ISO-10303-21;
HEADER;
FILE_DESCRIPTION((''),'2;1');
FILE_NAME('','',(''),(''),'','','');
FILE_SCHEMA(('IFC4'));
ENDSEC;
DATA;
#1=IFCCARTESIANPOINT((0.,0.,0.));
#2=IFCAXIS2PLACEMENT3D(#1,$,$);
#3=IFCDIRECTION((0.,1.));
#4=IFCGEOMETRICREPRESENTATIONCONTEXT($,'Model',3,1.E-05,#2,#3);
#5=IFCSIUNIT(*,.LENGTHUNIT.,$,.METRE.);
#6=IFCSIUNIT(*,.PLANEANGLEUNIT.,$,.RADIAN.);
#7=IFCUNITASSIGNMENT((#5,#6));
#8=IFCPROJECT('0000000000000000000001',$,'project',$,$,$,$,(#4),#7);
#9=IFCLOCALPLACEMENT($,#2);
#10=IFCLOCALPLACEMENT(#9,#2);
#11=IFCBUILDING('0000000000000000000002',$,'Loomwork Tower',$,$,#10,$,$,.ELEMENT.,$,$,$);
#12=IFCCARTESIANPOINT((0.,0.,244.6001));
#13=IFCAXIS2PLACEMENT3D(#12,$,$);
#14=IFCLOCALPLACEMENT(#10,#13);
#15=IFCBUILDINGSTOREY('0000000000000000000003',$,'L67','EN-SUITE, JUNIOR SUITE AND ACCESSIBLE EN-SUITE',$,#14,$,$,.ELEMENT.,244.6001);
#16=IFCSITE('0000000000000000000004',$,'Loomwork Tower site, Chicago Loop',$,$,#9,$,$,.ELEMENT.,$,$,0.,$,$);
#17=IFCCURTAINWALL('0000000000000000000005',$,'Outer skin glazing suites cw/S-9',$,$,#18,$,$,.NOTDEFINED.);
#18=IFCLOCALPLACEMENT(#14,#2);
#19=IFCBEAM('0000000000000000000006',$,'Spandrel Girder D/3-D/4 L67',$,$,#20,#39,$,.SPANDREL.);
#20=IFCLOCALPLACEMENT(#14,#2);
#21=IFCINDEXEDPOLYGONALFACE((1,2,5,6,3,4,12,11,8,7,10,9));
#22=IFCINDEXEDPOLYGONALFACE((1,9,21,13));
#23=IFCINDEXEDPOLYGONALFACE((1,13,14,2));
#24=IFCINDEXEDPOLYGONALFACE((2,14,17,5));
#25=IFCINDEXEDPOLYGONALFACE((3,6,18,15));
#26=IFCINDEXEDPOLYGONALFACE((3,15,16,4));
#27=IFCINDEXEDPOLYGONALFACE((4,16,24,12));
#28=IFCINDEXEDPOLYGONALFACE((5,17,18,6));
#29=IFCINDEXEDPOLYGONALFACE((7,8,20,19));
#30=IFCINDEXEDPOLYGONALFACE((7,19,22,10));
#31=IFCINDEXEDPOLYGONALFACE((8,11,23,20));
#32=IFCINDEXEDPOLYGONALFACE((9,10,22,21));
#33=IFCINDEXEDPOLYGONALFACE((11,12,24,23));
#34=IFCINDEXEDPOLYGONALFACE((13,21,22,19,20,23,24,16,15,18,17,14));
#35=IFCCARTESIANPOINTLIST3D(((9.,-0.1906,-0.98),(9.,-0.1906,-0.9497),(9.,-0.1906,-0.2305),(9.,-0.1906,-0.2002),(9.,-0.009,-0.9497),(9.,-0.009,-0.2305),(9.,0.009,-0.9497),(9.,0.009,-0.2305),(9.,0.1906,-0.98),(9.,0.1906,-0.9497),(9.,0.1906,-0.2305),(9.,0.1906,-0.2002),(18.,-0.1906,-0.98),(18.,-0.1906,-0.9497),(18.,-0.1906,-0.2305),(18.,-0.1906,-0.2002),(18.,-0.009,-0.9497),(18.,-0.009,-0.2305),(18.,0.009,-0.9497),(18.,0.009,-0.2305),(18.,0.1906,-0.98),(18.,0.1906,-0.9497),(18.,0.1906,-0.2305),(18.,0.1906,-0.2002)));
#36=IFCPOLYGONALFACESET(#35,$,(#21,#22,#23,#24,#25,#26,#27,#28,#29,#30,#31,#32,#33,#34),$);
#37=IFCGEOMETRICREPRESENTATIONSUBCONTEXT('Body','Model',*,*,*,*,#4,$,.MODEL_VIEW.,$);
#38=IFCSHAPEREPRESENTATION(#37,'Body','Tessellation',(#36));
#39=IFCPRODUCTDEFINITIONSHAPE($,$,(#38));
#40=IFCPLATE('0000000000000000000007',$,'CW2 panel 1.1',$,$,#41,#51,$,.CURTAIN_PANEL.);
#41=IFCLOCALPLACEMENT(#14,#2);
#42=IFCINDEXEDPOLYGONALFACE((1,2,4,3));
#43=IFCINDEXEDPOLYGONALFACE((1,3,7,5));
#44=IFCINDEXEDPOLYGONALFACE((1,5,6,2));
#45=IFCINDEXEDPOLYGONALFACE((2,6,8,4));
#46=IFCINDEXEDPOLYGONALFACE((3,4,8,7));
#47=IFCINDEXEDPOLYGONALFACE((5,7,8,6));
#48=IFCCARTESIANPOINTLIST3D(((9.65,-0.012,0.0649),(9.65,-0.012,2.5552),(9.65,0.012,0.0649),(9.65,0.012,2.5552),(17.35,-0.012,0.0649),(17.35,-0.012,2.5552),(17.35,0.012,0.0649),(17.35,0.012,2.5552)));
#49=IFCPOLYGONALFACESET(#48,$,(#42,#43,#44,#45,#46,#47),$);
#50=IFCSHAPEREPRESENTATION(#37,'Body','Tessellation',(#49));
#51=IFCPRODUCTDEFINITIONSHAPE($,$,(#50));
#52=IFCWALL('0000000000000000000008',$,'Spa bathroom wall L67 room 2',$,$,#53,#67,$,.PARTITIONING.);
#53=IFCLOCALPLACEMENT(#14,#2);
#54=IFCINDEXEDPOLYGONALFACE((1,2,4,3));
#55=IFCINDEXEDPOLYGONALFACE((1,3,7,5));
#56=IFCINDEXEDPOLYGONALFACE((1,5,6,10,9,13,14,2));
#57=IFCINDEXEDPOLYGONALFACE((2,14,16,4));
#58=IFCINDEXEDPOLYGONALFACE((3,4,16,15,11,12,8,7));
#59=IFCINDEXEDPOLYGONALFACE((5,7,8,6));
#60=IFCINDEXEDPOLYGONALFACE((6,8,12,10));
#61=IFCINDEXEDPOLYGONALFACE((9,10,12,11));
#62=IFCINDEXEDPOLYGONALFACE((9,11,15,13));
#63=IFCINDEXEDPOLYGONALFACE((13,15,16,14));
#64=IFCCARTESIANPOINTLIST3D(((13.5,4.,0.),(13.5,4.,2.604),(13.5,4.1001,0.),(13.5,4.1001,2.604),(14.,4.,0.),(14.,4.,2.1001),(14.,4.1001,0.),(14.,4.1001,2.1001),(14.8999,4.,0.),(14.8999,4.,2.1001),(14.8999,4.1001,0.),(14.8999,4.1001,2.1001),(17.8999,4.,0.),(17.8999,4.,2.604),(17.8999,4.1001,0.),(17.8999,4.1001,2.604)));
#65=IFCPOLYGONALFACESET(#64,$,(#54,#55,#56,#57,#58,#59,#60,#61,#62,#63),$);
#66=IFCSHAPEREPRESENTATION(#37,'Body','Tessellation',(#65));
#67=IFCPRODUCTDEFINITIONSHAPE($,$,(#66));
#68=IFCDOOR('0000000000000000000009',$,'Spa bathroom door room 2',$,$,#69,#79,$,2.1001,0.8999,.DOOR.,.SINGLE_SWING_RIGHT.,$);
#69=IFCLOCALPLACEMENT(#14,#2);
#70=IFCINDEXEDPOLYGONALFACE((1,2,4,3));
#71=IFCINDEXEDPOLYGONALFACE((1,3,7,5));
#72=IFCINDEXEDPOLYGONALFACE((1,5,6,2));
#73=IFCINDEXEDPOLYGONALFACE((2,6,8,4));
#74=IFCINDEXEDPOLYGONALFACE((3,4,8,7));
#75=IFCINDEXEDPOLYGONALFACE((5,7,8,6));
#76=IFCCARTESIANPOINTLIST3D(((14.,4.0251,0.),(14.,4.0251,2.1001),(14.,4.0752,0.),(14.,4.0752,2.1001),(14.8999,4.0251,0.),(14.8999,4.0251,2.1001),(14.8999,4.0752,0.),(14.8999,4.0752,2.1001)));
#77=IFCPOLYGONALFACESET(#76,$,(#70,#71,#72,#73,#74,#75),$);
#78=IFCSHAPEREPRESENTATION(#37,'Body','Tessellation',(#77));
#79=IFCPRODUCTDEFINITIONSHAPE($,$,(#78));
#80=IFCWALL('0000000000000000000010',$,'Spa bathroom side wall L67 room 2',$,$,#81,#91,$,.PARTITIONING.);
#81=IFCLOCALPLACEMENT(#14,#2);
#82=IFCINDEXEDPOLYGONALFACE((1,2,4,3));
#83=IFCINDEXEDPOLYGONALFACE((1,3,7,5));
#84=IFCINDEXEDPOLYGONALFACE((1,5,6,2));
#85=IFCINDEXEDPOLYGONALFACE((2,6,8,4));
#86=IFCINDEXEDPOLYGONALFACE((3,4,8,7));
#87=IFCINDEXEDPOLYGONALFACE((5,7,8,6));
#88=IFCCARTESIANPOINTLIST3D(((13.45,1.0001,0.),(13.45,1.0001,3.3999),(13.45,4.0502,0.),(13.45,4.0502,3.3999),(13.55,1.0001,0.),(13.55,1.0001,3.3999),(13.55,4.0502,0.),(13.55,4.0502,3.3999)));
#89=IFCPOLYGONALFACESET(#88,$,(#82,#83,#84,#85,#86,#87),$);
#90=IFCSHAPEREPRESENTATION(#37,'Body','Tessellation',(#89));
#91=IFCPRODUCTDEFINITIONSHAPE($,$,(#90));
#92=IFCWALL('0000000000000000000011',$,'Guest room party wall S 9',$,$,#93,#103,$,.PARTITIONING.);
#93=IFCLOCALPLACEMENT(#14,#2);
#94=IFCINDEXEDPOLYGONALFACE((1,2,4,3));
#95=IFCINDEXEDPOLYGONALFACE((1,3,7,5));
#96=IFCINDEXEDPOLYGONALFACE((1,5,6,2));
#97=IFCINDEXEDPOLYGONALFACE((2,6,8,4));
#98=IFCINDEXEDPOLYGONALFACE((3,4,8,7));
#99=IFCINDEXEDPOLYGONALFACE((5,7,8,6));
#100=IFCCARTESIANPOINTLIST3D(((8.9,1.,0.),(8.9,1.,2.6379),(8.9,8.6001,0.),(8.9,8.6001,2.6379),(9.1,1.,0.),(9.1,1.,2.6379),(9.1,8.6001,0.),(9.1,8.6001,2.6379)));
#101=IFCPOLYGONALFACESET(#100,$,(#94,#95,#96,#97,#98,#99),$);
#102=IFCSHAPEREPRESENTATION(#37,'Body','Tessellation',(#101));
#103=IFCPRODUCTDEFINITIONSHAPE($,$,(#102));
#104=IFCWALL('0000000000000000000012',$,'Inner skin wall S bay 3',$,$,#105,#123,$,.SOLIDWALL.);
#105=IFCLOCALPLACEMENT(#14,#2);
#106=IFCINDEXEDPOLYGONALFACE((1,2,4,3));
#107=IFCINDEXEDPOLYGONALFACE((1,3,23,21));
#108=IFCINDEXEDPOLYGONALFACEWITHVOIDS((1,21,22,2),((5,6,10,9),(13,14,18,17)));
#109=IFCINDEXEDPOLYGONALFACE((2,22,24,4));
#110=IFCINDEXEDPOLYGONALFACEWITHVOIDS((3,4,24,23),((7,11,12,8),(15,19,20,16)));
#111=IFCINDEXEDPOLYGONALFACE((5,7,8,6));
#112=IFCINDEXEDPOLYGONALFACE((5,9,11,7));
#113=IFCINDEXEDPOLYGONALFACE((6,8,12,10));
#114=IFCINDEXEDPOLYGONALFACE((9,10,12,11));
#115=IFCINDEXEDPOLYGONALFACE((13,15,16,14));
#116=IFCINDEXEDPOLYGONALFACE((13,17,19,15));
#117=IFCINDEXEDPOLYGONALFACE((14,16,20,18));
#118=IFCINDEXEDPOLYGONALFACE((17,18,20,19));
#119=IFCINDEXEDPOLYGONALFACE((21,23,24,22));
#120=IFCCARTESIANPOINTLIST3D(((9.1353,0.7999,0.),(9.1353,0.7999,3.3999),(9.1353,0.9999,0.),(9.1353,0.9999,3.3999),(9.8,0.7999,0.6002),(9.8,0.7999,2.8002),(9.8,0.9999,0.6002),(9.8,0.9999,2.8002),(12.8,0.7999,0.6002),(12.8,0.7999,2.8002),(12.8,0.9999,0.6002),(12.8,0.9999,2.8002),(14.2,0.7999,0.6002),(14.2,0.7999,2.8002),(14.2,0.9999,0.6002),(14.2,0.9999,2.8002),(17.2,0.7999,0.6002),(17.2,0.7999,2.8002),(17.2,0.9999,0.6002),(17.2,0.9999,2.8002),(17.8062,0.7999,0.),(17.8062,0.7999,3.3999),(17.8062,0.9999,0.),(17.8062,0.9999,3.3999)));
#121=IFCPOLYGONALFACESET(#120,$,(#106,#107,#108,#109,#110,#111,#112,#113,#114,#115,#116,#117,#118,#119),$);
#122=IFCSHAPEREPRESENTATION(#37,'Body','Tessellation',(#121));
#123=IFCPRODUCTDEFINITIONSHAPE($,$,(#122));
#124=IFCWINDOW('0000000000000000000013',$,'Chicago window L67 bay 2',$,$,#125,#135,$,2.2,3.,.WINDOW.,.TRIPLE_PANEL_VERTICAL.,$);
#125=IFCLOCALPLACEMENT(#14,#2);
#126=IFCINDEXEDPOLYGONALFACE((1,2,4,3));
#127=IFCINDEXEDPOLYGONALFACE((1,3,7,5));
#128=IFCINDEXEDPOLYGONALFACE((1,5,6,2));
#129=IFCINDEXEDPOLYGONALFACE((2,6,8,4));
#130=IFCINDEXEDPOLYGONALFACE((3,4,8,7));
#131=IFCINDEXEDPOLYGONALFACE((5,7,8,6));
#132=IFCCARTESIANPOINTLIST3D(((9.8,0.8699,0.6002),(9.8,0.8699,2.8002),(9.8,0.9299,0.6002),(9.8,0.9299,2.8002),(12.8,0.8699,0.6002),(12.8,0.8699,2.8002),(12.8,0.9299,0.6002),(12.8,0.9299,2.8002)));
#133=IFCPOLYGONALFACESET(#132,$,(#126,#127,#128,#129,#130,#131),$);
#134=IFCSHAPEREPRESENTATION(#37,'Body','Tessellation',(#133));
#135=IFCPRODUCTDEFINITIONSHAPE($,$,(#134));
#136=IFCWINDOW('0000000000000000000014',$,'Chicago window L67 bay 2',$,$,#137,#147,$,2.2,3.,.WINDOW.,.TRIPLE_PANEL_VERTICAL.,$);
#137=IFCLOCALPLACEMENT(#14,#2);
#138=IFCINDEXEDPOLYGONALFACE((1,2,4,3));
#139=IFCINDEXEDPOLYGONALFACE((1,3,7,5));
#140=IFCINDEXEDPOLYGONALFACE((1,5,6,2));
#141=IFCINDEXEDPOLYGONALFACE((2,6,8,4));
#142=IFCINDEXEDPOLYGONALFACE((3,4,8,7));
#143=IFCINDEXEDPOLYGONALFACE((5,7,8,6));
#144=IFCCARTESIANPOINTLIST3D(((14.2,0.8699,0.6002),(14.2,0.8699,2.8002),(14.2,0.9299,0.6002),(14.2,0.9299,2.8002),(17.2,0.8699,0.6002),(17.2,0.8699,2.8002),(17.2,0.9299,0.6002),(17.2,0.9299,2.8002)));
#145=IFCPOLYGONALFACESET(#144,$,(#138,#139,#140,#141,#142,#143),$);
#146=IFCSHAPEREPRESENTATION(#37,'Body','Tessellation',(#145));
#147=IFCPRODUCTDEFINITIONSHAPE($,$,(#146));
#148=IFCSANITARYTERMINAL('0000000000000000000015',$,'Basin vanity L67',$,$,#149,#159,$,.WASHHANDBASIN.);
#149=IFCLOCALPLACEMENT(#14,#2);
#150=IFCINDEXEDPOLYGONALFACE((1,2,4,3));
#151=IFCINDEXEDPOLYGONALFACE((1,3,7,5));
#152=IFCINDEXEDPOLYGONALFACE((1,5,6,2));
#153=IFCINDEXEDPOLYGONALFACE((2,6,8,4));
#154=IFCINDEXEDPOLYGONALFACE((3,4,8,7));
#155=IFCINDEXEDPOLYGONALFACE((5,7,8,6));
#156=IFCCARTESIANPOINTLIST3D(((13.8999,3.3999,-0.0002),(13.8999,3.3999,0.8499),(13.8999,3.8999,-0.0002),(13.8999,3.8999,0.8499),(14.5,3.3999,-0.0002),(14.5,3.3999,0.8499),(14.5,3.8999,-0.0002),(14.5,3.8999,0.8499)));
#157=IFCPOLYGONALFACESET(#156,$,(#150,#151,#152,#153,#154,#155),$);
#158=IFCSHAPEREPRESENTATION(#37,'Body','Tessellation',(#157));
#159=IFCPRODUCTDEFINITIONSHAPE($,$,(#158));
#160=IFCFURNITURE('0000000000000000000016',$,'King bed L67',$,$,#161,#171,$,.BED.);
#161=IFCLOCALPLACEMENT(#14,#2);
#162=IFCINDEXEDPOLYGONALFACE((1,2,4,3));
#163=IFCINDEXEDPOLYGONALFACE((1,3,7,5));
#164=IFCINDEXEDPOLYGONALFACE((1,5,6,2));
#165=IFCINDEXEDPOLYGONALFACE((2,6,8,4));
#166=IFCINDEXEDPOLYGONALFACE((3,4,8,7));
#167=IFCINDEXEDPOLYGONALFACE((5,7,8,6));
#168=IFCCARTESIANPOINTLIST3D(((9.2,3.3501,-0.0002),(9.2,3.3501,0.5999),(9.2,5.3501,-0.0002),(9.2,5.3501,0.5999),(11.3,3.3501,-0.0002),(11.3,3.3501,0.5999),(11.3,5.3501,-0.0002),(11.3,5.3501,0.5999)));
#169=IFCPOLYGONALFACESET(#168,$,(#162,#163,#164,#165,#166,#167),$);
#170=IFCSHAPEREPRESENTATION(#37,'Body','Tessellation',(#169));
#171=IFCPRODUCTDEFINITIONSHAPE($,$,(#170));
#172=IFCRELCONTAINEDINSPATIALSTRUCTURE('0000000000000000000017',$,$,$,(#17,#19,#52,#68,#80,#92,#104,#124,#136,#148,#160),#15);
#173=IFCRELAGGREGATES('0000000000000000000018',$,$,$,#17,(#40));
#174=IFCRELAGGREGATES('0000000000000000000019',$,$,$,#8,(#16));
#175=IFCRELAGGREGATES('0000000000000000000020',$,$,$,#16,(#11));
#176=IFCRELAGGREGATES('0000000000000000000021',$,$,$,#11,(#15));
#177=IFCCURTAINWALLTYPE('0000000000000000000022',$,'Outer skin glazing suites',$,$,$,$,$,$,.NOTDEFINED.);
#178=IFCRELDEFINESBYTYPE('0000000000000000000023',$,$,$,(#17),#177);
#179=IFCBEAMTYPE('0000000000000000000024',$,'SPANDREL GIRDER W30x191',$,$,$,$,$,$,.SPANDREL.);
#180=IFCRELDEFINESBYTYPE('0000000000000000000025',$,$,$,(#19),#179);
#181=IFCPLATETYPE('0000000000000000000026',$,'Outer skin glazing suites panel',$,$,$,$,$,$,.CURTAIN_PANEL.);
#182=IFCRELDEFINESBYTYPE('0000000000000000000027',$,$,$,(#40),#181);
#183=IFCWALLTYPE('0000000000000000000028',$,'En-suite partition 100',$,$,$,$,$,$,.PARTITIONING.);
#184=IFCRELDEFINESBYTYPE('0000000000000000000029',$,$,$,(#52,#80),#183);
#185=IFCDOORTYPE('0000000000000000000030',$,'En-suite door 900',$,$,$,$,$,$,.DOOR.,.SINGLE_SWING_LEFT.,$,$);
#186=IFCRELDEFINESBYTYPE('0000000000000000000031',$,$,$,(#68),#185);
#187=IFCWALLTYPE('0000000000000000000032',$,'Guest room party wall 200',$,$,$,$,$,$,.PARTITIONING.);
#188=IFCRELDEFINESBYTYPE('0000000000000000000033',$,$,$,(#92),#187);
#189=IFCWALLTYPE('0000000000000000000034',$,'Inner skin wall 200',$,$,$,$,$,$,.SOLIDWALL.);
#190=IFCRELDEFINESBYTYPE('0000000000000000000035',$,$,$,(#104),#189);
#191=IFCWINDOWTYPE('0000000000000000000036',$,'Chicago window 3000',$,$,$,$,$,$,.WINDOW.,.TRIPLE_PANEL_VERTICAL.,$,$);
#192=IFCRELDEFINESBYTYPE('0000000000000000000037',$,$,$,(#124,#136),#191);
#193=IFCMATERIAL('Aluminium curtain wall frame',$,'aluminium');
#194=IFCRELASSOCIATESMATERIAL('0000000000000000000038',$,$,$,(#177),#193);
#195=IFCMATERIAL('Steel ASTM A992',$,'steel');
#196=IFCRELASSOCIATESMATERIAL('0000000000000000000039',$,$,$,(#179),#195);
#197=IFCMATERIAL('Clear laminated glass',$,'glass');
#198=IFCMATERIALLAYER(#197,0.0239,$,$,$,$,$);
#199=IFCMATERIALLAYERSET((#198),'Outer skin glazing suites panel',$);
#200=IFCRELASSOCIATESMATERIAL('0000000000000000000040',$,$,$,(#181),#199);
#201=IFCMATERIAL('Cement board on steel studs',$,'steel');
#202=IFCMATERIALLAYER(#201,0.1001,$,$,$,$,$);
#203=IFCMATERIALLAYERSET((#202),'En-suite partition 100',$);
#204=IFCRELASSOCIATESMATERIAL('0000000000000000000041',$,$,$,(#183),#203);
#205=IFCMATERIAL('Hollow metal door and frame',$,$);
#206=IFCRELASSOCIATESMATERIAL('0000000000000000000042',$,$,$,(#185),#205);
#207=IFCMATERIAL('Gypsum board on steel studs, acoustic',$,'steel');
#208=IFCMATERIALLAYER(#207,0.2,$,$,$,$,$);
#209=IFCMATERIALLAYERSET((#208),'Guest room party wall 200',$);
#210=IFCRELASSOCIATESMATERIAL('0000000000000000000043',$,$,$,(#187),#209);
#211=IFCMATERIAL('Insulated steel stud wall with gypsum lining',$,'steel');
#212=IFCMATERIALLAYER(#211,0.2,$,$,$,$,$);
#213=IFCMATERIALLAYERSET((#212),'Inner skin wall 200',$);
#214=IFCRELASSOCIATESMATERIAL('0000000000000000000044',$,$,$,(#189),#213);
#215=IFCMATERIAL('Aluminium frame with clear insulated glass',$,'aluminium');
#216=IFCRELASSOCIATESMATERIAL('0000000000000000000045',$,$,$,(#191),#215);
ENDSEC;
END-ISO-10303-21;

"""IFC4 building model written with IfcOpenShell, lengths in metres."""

from ifc_helpers import new_model, si_unit, direction, frame, frame_2d, origin, origin_2d, place, context, subcontext, project, spatial, rectangle, i_section, extrude, material, layer, layer_set, material_profile, profile_set, type_object, element, fill, aggregate, save


model = new_model("IFC4")

# Units and contexts
model_context = context("Model", 3, precision=1e-05, world=origin(), true_north=direction((0.0, 1.0)))
body_context = subcontext(model_context, "Body", "Model", "MODEL_VIEW")
ifc_project = project(units=[si_unit("LENGTHUNIT", "METRE"), si_unit("PLANEANGLEUNIT", "RADIAN")], contexts=[model_context])

# Site, building, storey
site_placement = place(None, origin())
site = spatial("IfcSite", under=ifc_project, at=site_placement, Name="Loomwork Tower site, Chicago Loop", CompositionType="ELEMENT", RefElevation=0.0)
building_placement = place(site_placement, origin())
building = spatial("IfcBuilding", under=site, at=building_placement, Name="Loomwork Tower", CompositionType="ELEMENT")
storey_placement = place(building_placement, frame((0.0, 0.0, 244.6001)))
storey = spatial("IfcBuildingStorey", under=building, at=storey_placement, Name="L67", Description="EN-SUITE, JUNIOR SUITE AND ACCESSIBLE EN-SUITE", CompositionType="ELEMENT", Elevation=244.6001)

# Curtain wall
ifc_material_1 = material(Name="Aluminium curtain wall frame", Category="aluminium")
curtain_wall_type = type_object("IfcCurtainWallType", Name="Outer skin glazing suites", PredefinedType="NOTDEFINED", material=ifc_material_1)
curtain_wall_placement = place(storey_placement, origin())
curtain_wall = element("IfcCurtainWall", 1, at=curtain_wall_placement, inside=storey, type_object=curtain_wall_type, Name="Outer skin glazing suites cw/S-9", PredefinedType="NOTDEFINED")

# Beam
ifc_material_2 = material(Name="Steel ASTM A992", Category="steel")
ifc_material_profile_1 = material_profile(ifc_material_2, i_section(OverallWidth=0.3811, OverallDepth=0.7798, WebThickness=0.0181, FlangeThickness=0.0303, at=origin_2d()), Name="W30x191")
ifc_profile_set_1 = profile_set([ifc_material_profile_1], Name="Steel ASTM A992")
beam_type_1 = type_object("IfcBeamType", Name="SPANDREL GIRDER W30x191", PredefinedType="SPANDREL", material=ifc_profile_set_1)
beam_1_placement = place(storey_placement, frame((9.0, 0.0, -0.5901), z_axis=(1.0, 0.0, 0.0), x_axis=(0.0, 1.0, 0.0)))
element("IfcBeam", 2, at=beam_1_placement, inside=storey, type_object=beam_type_1, Name="Spandrel Girder D/3-D/4 L67", PredefinedType="SPANDREL", context=body_context, shape_type="SweptSolid", body=[
    extrude(i_section(OverallWidth=0.3811, OverallDepth=0.7798, WebThickness=0.0181, FlangeThickness=0.0303, at=origin_2d()), origin(), (0.0, 0.0, 1.0), 9.0),
])

# Plate
ifc_material_3 = material(Name="Clear laminated glass", Category="glass")
ifc_layer_1 = layer(ifc_material_3, 0.0239)
ifc_layer_set_1 = layer_set([ifc_layer_1], Name="Outer skin glazing suites panel")
plate_type = type_object("IfcPlateType", Name="Outer skin glazing suites panel", PredefinedType="CURTAIN_PANEL", material=ifc_layer_set_1)
plate_placement = place(storey_placement, frame((13.5, 0.0, 0.0649), z_axis=(0.0, 0.0, 1.0), x_axis=(1.0, 0.0, 0.0)))
plate = element("IfcPlate", 3, at=plate_placement, type_object=plate_type, Name="CW2 panel 1.1", PredefinedType="CURTAIN_PANEL", context=body_context, shape_type="SweptSolid", body=[
    extrude(rectangle(XDim=7.7, YDim=0.0239, at=origin_2d()), origin(), (0.0, 0.0, 1.0), 2.4902),
])
aggregate(curtain_wall, [plate])

# Wall, opening, door
ifc_material_4 = material(Name="Cement board on steel studs", Category="steel")
ifc_layer_2 = layer(ifc_material_4, 0.1001)
ifc_layer_set_2 = layer_set([ifc_layer_2], Name="En-suite partition 100")
wall_type_1 = type_object("IfcWallType", Name="En-suite partition 100", PredefinedType="PARTITIONING", material=ifc_layer_set_2)
wall_1_placement = place(storey_placement, frame((13.5, 4.05, 0.0), z_axis=(0.0, 0.0, 1.0), x_axis=(1.0, 0.0, 0.0)))
wall_1 = element("IfcWall", 4, at=wall_1_placement, inside=storey, type_object=wall_type_1, Name="Spa bathroom wall L67 room 2", PredefinedType="PARTITIONING", context=body_context, shape_type="SweptSolid", body=[
    extrude(rectangle(XDim=4.3999, YDim=0.1001, at=frame_2d((2.2, 0.0))), origin(), (0.0, 0.0, 1.0), 2.604),
])
opening_1_placement = place(wall_1_placement, frame((0.5, 0.0, 0.0)))
opening_1 = element("IfcOpeningElement", 5, at=opening_1_placement, cuts=wall_1, PredefinedType="OPENING", context=body_context, shape_type="SweptSolid", body=[
    extrude(rectangle(XDim=0.8999, YDim=2.1001, at=frame_2d((0.45, 1.05))), frame((0.0, 0.0601, 0.0), z_axis=(0.0, -1.0, 0.0), x_axis=(1.0, 0.0, 0.0)), (0.0, 0.0, 1.0), 0.1201),
])
ifc_material_5 = material(Name="Hollow metal door and frame")
door_type = type_object("IfcDoorType", Name="En-suite door 900", OperationType="SINGLE_SWING_LEFT", PredefinedType="DOOR", material=ifc_material_5)
door_placement = place(opening_1_placement, frame((0.8999, 0.0, 0.0), z_axis=(0.0, 0.0, 1.0), x_axis=(-1.0, 0.0, 0.0)))
door = element("IfcDoor", 6, at=door_placement, inside=storey, type_object=door_type, Name="Spa bathroom door room 2", OperationType="SINGLE_SWING_RIGHT", OverallHeight=2.1001, OverallWidth=0.8999, PredefinedType="DOOR", context=body_context, shape_type="SweptSolid", body=[
    extrude(rectangle(XDim=0.8999, YDim=2.1001, at=frame_2d((0.45, 1.05))), frame((0.0, 0.0249, 0.0), z_axis=(0.0, -1.0, 0.0), x_axis=(1.0, 0.0, 0.0)), (0.0, 0.0, 1.0), 0.05),
])
fill(opening_1, door)

# Walls
wall_2_placement = place(storey_placement, frame((13.5, 4.05, 0.0), z_axis=(0.0, 0.0, 1.0), x_axis=(0.0, -1.0, 0.0)))
element("IfcWall", 7, at=wall_2_placement, inside=storey, type_object=wall_type_1, Name="Spa bathroom side wall L67 room 2", PredefinedType="PARTITIONING", context=body_context, shape_type="SweptSolid", body=[
    extrude(rectangle(XDim=3.05, YDim=0.1001, at=frame_2d((1.5249, 0.0))), origin(), (0.0, 0.0, 1.0), 3.3999),
])
ifc_material_6 = material(Name="Gypsum board on steel studs, acoustic", Category="steel")
ifc_layer_3 = layer(ifc_material_6, 0.2)
ifc_layer_set_3 = layer_set([ifc_layer_3], Name="Guest room party wall 200")
wall_type_2 = type_object("IfcWallType", Name="Guest room party wall 200", PredefinedType="PARTITIONING", material=ifc_layer_set_3)
wall_3_placement = place(storey_placement, frame((9.0, 8.6001, 0.0), z_axis=(0.0, 0.0, 1.0), x_axis=(0.0, -1.0, 0.0)))
element("IfcWall", 8, at=wall_3_placement, inside=storey, type_object=wall_type_2, Name="Guest room party wall S 9", PredefinedType="PARTITIONING", context=body_context, shape_type="SweptSolid", body=[
    extrude(rectangle(XDim=7.6001, YDim=0.2, at=frame_2d((3.8, 0.0))), origin(), (0.0, 0.0, 1.0), 2.6379),
])

# Wall, openings, windows
ifc_material_7 = material(Name="Insulated steel stud wall with gypsum lining", Category="steel")
ifc_layer_4 = layer(ifc_material_7, 0.2)
ifc_layer_set_4 = layer_set([ifc_layer_4], Name="Inner skin wall 200")
wall_type_3 = type_object("IfcWallType", Name="Inner skin wall 200", PredefinedType="SOLIDWALL", material=ifc_layer_set_4)
wall_4_placement = place(storey_placement, frame((9.1353, 0.8999, 0.0), z_axis=(0.0, 0.0, 1.0), x_axis=(1.0, 0.0, 0.0)))
wall_4 = element("IfcWall", 9, at=wall_4_placement, inside=storey, type_object=wall_type_3, Name="Inner skin wall S bay 3", PredefinedType="SOLIDWALL", context=body_context, shape_type="SweptSolid", body=[
    extrude(rectangle(XDim=8.6709, YDim=0.2, at=frame_2d((4.3354, 0.0))), origin(), (0.0, 0.0, 1.0), 3.3999),
])
opening_2_placement = place(wall_4_placement, frame((0.6648, 0.0, 0.6001)))
opening_2 = element("IfcOpeningElement", 10, at=opening_2_placement, cuts=wall_4, PredefinedType="OPENING", context=body_context, shape_type="SweptSolid", body=[
    extrude(rectangle(XDim=3.0, YDim=2.2, at=frame_2d((1.5, 1.1001))), frame((0.0, 0.1099, 0.0), z_axis=(0.0, -1.0, 0.0), x_axis=(1.0, 0.0, 0.0)), (0.0, 0.0, 1.0), 0.22),
])
opening_3_placement = place(wall_4_placement, frame((5.0647, 0.0, 0.6001)))
opening_3 = element("IfcOpeningElement", 11, at=opening_3_placement, cuts=wall_4, PredefinedType="OPENING", context=body_context, shape_type="SweptSolid", body=[
    extrude(rectangle(XDim=3.0, YDim=2.2, at=frame_2d((1.5, 1.1001))), frame((0.0, 0.1099, 0.0), z_axis=(0.0, -1.0, 0.0), x_axis=(1.0, 0.0, 0.0)), (0.0, 0.0, 1.0), 0.22),
])
ifc_material_8 = material(Name="Aluminium frame with clear insulated glass", Category="aluminium")
window_type = type_object("IfcWindowType", Name="Chicago window 3000", PartitioningType="TRIPLE_PANEL_VERTICAL", PredefinedType="WINDOW", material=ifc_material_8)
window_1_placement = place(opening_2_placement, origin())
window_1 = element("IfcWindow", 12, at=window_1_placement, inside=storey, type_object=window_type, Name="Chicago window L67 bay 2", OverallHeight=2.2, OverallWidth=3.0, PartitioningType="TRIPLE_PANEL_VERTICAL", PredefinedType="WINDOW", context=body_context, shape_type="SweptSolid", body=[
    extrude(rectangle(XDim=3.0, YDim=2.2, at=frame_2d((1.5, 1.1001))), frame((0.0, 0.03, 0.0), z_axis=(0.0, -1.0, 0.0), x_axis=(1.0, 0.0, 0.0)), (0.0, 0.0, 1.0), 0.0601),
])
fill(opening_2, window_1)
window_2_placement = place(opening_3_placement, origin())
window_2 = element("IfcWindow", 13, at=window_2_placement, inside=storey, type_object=window_type, Name="Chicago window L67 bay 2", OverallHeight=2.2, OverallWidth=3.0, PartitioningType="TRIPLE_PANEL_VERTICAL", PredefinedType="WINDOW", context=body_context, shape_type="SweptSolid", body=[
    extrude(rectangle(XDim=3.0, YDim=2.2, at=frame_2d((1.5, 1.1001))), frame((0.0, 0.03, 0.0), z_axis=(0.0, -1.0, 0.0), x_axis=(1.0, 0.0, 0.0)), (0.0, 0.0, 1.0), 0.0601),
])
fill(opening_3, window_2)

# Sanitary terminal
sanitary_terminal_placement = place(storey_placement, frame((14.2, 3.6499, -0.0002), z_axis=(0.0, 0.0, 1.0), x_axis=(1.0, 0.0, 0.0)))
element("IfcSanitaryTerminal", 14, at=sanitary_terminal_placement, inside=storey, Name="Basin vanity L67", PredefinedType="WASHHANDBASIN", context=body_context, shape_type="SweptSolid", body=[
    extrude(rectangle(XDim=0.6001, YDim=0.5, at=origin_2d()), origin(), (0.0, 0.0, 1.0), 0.8501),
])

# Furniture
furniture_1_placement = place(storey_placement, frame((10.25, 4.3501, -0.0002), z_axis=(0.0, 0.0, 1.0), x_axis=(1.0, 0.0, 0.0)))
element("IfcFurniture", 15, at=furniture_1_placement, inside=storey, Name="King bed L67", PredefinedType="BED", context=body_context, shape_type="SweptSolid", body=[
    extrude(rectangle(XDim=2.1001, YDim=2.0, at=origin_2d()), origin(), (0.0, 0.0, 1.0), 0.6001),
])

save(model, "model.ifc")
